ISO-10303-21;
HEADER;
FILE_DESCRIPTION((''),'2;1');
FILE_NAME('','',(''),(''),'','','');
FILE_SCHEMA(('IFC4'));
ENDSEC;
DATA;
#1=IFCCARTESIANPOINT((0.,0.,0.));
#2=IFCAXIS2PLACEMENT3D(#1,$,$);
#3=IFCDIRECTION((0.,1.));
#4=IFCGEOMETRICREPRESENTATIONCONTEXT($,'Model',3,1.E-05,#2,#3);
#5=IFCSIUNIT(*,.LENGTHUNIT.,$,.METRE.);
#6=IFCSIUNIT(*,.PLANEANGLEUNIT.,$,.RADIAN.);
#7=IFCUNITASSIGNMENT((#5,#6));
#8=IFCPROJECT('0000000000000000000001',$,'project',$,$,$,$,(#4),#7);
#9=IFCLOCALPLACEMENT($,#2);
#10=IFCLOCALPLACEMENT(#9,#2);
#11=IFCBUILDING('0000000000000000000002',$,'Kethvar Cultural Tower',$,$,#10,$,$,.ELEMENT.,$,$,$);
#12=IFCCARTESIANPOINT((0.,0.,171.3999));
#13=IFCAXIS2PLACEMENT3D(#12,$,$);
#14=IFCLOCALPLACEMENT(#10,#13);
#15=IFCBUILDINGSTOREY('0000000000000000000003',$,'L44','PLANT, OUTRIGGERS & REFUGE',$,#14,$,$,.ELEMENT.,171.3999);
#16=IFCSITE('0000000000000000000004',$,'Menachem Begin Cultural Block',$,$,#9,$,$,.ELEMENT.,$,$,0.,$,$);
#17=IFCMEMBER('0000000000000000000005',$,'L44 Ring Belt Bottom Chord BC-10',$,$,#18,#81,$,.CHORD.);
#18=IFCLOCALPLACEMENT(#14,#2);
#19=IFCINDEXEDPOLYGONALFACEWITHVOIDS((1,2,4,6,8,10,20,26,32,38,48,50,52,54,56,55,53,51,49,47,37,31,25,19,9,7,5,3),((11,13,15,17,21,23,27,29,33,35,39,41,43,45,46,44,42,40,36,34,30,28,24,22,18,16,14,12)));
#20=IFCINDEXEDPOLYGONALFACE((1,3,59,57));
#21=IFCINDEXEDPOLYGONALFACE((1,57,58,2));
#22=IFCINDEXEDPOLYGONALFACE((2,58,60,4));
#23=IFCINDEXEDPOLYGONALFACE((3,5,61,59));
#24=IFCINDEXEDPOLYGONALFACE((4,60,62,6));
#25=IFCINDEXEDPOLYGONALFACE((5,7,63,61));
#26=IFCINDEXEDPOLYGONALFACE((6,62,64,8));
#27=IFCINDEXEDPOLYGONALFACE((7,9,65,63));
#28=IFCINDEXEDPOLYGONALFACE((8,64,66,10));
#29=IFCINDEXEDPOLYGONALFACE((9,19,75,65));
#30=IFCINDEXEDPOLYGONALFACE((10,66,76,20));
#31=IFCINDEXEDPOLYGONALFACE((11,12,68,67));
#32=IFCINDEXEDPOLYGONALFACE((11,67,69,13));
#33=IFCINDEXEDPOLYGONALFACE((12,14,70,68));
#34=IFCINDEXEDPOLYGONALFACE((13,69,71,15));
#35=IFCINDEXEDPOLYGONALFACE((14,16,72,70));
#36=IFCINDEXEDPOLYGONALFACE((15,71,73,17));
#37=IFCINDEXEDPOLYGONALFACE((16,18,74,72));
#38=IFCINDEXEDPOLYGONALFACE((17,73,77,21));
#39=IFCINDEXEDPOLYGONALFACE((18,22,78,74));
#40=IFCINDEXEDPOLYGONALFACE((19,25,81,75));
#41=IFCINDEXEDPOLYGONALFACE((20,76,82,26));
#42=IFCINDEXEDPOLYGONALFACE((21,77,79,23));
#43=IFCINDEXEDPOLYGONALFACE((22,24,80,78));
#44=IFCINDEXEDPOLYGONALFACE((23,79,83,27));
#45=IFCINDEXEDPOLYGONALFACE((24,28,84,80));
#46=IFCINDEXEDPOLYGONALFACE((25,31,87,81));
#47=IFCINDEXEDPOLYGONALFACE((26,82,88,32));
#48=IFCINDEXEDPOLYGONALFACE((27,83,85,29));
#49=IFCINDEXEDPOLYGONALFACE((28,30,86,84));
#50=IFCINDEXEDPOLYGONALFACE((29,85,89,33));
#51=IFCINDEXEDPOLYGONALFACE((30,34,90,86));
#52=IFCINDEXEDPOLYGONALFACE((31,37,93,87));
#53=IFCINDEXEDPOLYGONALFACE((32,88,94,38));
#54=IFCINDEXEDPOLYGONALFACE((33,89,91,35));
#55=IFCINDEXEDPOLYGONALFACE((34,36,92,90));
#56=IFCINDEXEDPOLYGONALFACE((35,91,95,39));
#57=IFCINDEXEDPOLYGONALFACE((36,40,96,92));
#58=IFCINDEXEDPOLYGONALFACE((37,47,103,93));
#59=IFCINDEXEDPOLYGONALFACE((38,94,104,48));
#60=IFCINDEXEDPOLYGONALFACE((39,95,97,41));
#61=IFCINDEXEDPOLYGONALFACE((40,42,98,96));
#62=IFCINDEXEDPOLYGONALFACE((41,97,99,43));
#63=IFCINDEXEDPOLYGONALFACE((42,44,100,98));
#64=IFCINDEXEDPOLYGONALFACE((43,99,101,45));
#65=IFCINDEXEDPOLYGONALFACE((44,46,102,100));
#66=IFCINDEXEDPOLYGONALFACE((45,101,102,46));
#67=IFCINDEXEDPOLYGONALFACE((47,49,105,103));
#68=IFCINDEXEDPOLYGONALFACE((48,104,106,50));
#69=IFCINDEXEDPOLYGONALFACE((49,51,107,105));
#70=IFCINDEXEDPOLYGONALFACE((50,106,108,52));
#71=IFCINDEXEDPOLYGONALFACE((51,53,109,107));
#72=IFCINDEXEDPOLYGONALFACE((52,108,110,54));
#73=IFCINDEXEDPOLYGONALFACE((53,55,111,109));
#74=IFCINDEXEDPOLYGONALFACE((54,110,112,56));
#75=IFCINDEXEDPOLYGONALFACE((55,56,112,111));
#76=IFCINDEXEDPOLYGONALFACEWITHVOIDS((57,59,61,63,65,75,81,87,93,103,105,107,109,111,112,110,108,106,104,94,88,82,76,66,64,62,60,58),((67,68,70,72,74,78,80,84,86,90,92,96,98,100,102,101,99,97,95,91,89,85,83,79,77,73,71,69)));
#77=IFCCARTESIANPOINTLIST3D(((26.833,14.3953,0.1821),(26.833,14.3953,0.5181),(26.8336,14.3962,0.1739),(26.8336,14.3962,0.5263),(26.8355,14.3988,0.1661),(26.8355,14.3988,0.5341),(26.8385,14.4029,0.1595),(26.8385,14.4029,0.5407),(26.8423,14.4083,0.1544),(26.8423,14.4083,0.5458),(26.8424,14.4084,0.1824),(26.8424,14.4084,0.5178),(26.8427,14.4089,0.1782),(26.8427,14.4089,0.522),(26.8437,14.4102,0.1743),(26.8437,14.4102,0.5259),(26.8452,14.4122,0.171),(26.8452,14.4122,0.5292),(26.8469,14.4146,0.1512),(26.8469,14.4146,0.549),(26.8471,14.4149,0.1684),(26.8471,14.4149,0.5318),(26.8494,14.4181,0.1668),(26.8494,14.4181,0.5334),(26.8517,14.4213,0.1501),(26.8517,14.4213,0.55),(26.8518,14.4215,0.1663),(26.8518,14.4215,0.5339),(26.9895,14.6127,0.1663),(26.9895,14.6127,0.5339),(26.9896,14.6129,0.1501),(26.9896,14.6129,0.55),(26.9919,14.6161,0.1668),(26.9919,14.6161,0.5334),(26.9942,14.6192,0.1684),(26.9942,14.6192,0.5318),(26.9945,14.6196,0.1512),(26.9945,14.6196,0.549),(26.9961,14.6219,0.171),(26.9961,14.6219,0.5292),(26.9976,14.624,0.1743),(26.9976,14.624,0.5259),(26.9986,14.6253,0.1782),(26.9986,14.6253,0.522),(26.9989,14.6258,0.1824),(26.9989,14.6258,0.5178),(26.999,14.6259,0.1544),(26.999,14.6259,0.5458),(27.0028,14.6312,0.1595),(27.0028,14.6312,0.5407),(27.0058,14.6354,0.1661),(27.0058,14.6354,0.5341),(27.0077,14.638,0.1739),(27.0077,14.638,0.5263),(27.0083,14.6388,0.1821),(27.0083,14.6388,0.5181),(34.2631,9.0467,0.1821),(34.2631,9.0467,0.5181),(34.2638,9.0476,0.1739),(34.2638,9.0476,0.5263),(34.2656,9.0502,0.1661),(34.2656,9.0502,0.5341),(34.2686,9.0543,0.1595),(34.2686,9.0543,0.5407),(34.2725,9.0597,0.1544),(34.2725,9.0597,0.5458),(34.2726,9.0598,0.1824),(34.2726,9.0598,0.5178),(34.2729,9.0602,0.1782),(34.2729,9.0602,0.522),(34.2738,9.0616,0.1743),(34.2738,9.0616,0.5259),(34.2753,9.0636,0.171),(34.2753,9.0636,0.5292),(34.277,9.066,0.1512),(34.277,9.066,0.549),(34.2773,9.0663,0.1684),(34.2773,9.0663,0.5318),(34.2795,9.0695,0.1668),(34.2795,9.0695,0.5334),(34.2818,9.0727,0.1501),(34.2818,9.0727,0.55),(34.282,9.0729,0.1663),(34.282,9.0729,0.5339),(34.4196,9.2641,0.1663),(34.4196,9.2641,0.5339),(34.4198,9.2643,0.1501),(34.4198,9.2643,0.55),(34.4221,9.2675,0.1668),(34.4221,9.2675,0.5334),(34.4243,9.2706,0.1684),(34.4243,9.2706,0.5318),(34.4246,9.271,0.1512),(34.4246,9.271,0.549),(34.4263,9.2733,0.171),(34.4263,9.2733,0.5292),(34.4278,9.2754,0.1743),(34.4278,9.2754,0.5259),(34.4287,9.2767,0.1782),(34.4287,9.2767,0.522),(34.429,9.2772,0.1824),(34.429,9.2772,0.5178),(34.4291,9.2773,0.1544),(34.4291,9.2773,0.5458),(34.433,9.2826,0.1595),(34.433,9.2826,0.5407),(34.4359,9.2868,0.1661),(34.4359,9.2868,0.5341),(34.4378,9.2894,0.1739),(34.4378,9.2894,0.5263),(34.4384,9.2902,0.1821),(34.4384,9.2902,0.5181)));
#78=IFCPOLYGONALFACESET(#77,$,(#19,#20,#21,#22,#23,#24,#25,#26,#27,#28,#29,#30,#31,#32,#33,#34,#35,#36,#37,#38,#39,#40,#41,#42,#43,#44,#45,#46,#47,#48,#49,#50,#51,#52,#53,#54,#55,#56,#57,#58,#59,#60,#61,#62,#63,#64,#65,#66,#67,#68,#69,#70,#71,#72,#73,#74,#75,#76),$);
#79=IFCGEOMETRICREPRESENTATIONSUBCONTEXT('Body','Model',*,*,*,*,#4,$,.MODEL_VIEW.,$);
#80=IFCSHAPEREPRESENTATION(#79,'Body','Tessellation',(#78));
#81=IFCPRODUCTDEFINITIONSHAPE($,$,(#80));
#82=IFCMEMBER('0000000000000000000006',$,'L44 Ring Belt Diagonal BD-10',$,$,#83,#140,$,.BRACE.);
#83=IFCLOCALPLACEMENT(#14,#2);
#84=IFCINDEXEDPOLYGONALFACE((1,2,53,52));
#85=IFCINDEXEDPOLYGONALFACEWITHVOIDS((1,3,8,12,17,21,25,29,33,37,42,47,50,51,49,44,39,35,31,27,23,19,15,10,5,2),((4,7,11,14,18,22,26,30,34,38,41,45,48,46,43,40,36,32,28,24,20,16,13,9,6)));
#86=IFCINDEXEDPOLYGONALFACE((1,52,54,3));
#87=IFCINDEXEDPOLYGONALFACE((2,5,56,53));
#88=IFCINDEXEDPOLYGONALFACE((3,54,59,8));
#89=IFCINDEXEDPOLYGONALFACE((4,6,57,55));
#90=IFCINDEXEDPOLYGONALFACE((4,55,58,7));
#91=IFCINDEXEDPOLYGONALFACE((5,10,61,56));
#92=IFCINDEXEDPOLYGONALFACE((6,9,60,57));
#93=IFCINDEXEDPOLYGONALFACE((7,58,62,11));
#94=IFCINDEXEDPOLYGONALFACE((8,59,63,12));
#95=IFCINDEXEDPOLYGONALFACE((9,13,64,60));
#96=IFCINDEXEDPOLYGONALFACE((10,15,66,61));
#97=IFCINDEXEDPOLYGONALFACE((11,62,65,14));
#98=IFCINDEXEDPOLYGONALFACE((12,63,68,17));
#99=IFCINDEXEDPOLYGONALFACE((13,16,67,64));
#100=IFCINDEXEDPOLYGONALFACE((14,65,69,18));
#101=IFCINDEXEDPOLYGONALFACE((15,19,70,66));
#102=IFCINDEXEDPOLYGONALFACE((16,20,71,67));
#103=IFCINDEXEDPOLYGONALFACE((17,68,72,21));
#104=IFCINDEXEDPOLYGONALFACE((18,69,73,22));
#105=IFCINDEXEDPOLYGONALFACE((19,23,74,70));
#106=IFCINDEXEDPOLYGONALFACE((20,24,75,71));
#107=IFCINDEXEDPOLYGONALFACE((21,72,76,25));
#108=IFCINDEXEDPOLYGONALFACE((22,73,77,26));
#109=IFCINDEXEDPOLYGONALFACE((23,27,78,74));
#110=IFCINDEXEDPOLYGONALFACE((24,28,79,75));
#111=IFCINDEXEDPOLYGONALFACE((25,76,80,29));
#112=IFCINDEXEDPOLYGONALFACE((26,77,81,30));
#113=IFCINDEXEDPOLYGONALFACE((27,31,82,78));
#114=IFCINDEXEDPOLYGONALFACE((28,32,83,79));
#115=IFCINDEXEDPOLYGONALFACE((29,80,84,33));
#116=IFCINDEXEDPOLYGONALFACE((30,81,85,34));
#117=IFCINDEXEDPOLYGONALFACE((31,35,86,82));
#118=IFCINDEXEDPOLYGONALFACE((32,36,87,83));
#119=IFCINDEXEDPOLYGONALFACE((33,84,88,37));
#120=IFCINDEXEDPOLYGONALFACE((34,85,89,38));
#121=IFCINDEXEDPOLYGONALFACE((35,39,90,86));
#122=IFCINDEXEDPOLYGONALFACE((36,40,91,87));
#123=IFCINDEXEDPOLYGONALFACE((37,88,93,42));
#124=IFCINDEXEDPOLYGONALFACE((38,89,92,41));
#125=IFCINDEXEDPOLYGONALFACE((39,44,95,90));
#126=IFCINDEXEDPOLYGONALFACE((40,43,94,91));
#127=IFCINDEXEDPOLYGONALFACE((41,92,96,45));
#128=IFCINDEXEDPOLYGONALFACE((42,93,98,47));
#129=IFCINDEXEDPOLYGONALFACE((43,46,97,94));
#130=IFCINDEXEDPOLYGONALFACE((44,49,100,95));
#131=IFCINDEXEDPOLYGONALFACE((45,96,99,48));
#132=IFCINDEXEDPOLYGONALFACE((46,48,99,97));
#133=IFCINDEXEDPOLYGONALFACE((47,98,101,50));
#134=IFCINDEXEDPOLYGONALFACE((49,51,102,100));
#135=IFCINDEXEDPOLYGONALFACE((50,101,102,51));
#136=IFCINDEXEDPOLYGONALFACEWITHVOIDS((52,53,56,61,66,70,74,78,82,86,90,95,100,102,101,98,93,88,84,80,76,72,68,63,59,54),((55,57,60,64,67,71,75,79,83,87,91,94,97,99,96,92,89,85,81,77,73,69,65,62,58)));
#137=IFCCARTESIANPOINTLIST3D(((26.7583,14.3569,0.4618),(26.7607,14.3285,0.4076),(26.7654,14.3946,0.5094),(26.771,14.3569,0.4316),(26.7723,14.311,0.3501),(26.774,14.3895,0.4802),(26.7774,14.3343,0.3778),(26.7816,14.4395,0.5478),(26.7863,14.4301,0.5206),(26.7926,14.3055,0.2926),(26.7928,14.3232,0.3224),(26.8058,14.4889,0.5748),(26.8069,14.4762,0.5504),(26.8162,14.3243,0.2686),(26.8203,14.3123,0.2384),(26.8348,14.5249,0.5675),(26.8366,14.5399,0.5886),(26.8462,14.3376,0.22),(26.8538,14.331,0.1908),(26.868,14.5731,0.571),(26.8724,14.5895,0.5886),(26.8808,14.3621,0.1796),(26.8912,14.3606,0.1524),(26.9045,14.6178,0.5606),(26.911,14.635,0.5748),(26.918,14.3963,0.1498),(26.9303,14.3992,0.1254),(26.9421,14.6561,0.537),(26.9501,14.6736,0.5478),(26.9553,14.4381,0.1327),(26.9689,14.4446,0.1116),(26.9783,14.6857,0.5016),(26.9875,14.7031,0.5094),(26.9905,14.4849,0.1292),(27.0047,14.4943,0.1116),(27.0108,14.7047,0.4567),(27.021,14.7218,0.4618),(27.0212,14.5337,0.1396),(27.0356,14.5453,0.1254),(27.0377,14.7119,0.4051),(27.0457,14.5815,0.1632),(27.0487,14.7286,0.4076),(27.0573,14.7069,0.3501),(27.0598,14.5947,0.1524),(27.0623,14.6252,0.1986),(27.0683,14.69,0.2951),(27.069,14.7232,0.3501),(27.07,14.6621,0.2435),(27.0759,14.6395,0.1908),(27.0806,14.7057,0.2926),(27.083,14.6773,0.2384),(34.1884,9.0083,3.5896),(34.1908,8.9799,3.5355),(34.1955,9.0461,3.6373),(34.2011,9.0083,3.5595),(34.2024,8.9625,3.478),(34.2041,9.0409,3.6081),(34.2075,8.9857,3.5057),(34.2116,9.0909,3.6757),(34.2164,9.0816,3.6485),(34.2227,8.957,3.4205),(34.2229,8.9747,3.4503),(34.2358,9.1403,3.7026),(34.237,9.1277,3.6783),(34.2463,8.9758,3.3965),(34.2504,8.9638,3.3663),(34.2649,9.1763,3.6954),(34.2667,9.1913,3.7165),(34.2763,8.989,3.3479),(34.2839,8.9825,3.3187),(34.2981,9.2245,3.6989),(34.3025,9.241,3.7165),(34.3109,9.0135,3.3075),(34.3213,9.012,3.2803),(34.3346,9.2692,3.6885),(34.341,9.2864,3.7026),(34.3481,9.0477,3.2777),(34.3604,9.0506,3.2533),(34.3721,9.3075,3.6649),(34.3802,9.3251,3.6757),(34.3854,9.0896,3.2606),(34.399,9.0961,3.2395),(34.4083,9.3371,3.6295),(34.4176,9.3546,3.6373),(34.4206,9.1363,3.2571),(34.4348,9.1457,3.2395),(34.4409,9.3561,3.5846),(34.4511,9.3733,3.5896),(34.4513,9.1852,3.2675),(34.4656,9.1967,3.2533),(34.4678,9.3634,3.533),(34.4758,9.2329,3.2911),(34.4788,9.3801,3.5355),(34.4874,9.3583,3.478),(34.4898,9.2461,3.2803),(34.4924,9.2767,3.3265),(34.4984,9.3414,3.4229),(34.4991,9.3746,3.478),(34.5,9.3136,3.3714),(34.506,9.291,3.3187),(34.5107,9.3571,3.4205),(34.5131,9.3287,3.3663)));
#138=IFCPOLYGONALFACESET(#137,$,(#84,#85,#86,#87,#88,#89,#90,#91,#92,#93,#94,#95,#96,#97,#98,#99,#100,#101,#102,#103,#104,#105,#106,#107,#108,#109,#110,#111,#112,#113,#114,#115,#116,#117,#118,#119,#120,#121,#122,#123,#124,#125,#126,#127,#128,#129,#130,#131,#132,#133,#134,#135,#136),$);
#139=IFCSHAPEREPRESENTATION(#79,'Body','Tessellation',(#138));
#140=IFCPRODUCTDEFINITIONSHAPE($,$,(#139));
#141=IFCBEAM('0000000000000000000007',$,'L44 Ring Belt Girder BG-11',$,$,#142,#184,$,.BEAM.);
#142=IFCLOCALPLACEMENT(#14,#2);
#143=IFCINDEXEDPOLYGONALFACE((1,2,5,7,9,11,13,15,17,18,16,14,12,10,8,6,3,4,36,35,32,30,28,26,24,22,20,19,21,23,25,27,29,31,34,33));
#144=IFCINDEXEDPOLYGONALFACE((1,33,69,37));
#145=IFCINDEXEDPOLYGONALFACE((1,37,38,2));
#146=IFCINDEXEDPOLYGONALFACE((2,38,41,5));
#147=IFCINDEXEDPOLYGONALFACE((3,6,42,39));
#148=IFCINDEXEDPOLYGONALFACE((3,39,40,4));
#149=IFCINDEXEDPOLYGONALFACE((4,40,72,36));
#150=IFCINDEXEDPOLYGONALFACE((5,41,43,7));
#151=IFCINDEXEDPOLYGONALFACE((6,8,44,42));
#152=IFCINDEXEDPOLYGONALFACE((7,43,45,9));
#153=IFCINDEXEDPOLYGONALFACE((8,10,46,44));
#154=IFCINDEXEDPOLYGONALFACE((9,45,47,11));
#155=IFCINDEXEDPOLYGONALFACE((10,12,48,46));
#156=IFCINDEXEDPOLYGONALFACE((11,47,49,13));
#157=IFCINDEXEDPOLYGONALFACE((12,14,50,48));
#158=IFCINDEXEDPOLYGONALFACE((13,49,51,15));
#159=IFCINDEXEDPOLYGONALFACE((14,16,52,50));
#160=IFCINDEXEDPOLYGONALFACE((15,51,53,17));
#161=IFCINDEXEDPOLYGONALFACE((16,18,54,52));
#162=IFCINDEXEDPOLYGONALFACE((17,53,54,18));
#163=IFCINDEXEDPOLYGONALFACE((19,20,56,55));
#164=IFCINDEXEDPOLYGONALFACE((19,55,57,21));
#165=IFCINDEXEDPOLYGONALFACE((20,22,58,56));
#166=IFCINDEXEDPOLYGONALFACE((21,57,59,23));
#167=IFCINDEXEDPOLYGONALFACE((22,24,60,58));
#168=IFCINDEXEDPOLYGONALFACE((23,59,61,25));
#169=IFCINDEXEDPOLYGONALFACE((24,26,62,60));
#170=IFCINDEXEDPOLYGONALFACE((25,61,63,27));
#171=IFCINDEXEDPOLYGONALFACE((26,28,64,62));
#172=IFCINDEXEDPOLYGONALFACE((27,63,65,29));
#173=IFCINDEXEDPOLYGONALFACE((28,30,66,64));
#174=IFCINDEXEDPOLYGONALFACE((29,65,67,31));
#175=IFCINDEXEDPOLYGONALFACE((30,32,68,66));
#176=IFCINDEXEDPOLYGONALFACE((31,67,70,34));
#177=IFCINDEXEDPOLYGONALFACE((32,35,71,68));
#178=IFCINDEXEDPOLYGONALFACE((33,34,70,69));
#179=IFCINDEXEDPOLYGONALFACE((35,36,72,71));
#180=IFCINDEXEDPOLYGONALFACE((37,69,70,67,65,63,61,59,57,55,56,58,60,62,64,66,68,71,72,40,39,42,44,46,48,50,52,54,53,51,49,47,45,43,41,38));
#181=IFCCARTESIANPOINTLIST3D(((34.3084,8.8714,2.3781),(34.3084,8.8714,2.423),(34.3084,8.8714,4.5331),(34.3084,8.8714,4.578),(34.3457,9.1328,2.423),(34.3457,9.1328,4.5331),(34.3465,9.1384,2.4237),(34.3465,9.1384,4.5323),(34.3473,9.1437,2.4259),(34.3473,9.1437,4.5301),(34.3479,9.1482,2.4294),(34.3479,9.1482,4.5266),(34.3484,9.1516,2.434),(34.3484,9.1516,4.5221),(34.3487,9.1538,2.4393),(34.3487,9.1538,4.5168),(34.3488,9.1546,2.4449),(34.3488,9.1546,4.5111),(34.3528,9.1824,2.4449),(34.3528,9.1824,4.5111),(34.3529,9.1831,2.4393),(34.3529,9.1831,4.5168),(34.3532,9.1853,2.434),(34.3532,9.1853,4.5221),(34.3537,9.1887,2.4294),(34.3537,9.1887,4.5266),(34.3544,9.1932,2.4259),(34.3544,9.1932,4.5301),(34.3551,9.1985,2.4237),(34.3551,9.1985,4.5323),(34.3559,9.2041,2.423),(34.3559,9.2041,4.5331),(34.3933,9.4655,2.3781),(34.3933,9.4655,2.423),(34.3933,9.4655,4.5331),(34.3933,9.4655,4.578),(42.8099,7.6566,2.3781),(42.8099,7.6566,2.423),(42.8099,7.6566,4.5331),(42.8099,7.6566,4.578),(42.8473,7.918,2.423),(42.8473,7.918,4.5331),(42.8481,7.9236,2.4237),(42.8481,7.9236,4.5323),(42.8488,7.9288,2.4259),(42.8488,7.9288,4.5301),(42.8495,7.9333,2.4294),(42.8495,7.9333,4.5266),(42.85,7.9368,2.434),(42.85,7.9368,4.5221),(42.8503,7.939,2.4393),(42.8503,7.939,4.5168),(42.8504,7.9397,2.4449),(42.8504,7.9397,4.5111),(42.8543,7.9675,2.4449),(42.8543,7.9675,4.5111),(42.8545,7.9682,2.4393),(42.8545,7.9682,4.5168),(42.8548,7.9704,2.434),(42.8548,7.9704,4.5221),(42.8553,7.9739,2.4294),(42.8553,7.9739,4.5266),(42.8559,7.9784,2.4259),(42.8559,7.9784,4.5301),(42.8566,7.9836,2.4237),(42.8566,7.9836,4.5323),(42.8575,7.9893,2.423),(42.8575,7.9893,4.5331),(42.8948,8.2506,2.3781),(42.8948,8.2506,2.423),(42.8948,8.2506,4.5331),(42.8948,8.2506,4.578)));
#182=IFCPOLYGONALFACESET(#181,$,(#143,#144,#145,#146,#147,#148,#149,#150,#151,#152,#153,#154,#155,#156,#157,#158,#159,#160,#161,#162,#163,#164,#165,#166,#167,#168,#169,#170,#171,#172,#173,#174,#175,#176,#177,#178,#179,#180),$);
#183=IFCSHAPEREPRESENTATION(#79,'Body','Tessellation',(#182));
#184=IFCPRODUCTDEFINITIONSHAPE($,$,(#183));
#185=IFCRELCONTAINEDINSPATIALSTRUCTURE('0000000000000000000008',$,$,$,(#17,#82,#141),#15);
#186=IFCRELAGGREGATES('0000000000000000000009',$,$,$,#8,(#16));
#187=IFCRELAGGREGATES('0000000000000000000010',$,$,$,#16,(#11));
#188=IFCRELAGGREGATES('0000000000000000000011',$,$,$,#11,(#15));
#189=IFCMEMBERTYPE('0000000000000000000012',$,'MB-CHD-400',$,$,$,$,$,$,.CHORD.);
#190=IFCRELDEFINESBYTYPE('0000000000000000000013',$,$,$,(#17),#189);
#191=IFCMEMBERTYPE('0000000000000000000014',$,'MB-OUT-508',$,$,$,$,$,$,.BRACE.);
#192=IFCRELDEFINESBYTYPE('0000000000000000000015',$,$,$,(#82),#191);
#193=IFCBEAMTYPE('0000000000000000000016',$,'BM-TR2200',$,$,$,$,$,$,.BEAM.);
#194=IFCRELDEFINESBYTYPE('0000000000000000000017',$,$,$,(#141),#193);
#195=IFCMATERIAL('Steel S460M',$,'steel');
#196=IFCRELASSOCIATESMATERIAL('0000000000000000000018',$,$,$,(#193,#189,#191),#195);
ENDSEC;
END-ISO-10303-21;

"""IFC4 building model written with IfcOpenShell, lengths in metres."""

from ifc_helpers import new_model, si_unit, direction, frame, origin, origin_2d, place, context, subcontext, project, spatial, hollow_rectangle, hollow_circle, i_section, extrude, source, transform, mapped, material, material_profile, profile_set, type_object, element, save


model = new_model("IFC4")

# Units and contexts
model_context = context("Model", 3, precision=1e-05, world=origin(), true_north=direction((0.0, 1.0)))
body_context = subcontext(model_context, "Body", "Model", "MODEL_VIEW")
ifc_project = project(units=[si_unit("LENGTHUNIT", "METRE"), si_unit("PLANEANGLEUNIT", "RADIAN")], contexts=[model_context])

# Site, building, storey
site_placement = place(None, origin())
site = spatial("IfcSite", under=ifc_project, at=site_placement, Name="Menachem Begin Cultural Block", CompositionType="ELEMENT", RefElevation=0.0)
building_placement = place(site_placement, origin())
building = spatial("IfcBuilding", under=site, at=building_placement, Name="Kethvar Cultural Tower", CompositionType="ELEMENT")
storey_placement = place(building_placement, frame((0.0, 0.0, 171.3999)))
storey = spatial("IfcBuildingStorey", under=building, at=storey_placement, Name="L44", Description="PLANT, OUTRIGGERS & REFUGE", CompositionType="ELEMENT", Elevation=171.3999)

# Shared definitions
ifc_material_1 = material(Name="Steel S460M", Category="steel")

# Shared definitions
ifc_material_profile_1 = material_profile(ifc_material_1, i_section(OverallWidth=0.6001, OverallDepth=2.2, WebThickness=0.0281, FlangeThickness=0.0449, FilletRadius=0.022, at=origin_2d()), Name="Steel S460M — PG2200x600x45x28")
ifc_profile_set_1 = profile_set([ifc_material_profile_1], Name="Steel S460M — PG2200x600x45x28")
beam_type = type_object("IfcBeamType", Name="BM-TR2200", PredefinedType="BEAM", material=ifc_profile_set_1)

# Members
ifc_material_profile_2 = material_profile(ifc_material_1, hollow_rectangle(XDim=0.3, YDim=0.3999, WallThickness=0.0161, InnerFilletRadius=0.0161, OuterFilletRadius=0.032, at=origin_2d()), Name="Steel S460M — RHS400x300x16")
ifc_profile_set_2 = profile_set([ifc_material_profile_2], Name="Steel S460M — RHS400x300x16")
member_type_1 = type_object("IfcMemberType", Name="MB-CHD-400", PredefinedType="CHORD", material=ifc_profile_set_2)
shared_shape_1 = source(origin(), body_context, "Body", "SweptSolid", [
    extrude(hollow_rectangle(XDim=0.3, YDim=0.3999, WallThickness=0.0161, InnerFilletRadius=0.0161, OuterFilletRadius=0.032, at=origin_2d()), origin(), (0.0, 0.0, 1.0), 9.155),
])
member_1_placement = place(storey_placement, frame((26.9207, 14.5171, 0.3501), z_axis=(0.811591, -0.584226, 0.0), x_axis=(0.584226, 0.811591, 0.0)))
element("IfcMember", 1, at=member_1_placement, inside=storey, type_object=member_type_1, Name="L44 Ring Belt Bottom Chord BC-10", PredefinedType="CHORD", context=body_context, shape_type="MappedRepresentation", body=[
    mapped(shared_shape_1, transform((0.0, 0.0, 0.0), scale=1.0)),
])
ifc_material_profile_3 = material_profile(ifc_material_1, hollow_circle(Radius=0.2539, WallThickness=0.02, at=origin_2d()), Name="Steel S460M — CHS508x20")
ifc_profile_set_3 = profile_set([ifc_material_profile_3], Name="Steel S460M — CHS508x20")
member_type_2 = type_object("IfcMemberType", Name="MB-OUT-508", PredefinedType="BRACE", material=ifc_profile_set_3)
shared_shape_2 = source(origin(), body_context, "Body", "SweptSolid", [
    extrude(hollow_circle(Radius=0.2539, WallThickness=0.02, at=origin_2d()), origin(), (0.0, 0.0, 1.0), 9.6746),
])
member_2_placement = place(storey_placement, frame((26.9207, 14.5171, 0.3501), z_axis=(0.768003, -0.552849, 0.323311), x_axis=(0.584226, 0.811591, 0.0)))
element("IfcMember", 2, at=member_2_placement, inside=storey, type_object=member_type_2, Name="L44 Ring Belt Diagonal BD-10", PredefinedType="BRACE", context=body_context, shape_type="MappedRepresentation", body=[
    mapped(shared_shape_2, transform((0.0, 0.0, 0.0), scale=1.0)),
])

# Beam
shared_shape_3 = source(origin(), body_context, "Body", "SweptSolid", [
    extrude(i_section(OverallWidth=0.6001, OverallDepth=2.2, WebThickness=0.0281, FlangeThickness=0.0449, FilletRadius=0.022, at=origin_2d()), origin(), (0.0, 0.0, 1.0), 8.5879),
])
beam_1_placement = place(storey_placement, frame((34.3508, 9.1685, 3.478), z_axis=(0.989944, -0.141461, 0.0), x_axis=(0.141461, 0.989944, 0.0)))
element("IfcBeam", 3, at=beam_1_placement, inside=storey, type_object=beam_type, Name="L44 Ring Belt Girder BG-11", PredefinedType="BEAM", context=body_context, shape_type="MappedRepresentation", body=[
    mapped(shared_shape_3, transform((0.0, 0.0, 0.0), scale=1.0)),
])

save(model, "model.ifc")
